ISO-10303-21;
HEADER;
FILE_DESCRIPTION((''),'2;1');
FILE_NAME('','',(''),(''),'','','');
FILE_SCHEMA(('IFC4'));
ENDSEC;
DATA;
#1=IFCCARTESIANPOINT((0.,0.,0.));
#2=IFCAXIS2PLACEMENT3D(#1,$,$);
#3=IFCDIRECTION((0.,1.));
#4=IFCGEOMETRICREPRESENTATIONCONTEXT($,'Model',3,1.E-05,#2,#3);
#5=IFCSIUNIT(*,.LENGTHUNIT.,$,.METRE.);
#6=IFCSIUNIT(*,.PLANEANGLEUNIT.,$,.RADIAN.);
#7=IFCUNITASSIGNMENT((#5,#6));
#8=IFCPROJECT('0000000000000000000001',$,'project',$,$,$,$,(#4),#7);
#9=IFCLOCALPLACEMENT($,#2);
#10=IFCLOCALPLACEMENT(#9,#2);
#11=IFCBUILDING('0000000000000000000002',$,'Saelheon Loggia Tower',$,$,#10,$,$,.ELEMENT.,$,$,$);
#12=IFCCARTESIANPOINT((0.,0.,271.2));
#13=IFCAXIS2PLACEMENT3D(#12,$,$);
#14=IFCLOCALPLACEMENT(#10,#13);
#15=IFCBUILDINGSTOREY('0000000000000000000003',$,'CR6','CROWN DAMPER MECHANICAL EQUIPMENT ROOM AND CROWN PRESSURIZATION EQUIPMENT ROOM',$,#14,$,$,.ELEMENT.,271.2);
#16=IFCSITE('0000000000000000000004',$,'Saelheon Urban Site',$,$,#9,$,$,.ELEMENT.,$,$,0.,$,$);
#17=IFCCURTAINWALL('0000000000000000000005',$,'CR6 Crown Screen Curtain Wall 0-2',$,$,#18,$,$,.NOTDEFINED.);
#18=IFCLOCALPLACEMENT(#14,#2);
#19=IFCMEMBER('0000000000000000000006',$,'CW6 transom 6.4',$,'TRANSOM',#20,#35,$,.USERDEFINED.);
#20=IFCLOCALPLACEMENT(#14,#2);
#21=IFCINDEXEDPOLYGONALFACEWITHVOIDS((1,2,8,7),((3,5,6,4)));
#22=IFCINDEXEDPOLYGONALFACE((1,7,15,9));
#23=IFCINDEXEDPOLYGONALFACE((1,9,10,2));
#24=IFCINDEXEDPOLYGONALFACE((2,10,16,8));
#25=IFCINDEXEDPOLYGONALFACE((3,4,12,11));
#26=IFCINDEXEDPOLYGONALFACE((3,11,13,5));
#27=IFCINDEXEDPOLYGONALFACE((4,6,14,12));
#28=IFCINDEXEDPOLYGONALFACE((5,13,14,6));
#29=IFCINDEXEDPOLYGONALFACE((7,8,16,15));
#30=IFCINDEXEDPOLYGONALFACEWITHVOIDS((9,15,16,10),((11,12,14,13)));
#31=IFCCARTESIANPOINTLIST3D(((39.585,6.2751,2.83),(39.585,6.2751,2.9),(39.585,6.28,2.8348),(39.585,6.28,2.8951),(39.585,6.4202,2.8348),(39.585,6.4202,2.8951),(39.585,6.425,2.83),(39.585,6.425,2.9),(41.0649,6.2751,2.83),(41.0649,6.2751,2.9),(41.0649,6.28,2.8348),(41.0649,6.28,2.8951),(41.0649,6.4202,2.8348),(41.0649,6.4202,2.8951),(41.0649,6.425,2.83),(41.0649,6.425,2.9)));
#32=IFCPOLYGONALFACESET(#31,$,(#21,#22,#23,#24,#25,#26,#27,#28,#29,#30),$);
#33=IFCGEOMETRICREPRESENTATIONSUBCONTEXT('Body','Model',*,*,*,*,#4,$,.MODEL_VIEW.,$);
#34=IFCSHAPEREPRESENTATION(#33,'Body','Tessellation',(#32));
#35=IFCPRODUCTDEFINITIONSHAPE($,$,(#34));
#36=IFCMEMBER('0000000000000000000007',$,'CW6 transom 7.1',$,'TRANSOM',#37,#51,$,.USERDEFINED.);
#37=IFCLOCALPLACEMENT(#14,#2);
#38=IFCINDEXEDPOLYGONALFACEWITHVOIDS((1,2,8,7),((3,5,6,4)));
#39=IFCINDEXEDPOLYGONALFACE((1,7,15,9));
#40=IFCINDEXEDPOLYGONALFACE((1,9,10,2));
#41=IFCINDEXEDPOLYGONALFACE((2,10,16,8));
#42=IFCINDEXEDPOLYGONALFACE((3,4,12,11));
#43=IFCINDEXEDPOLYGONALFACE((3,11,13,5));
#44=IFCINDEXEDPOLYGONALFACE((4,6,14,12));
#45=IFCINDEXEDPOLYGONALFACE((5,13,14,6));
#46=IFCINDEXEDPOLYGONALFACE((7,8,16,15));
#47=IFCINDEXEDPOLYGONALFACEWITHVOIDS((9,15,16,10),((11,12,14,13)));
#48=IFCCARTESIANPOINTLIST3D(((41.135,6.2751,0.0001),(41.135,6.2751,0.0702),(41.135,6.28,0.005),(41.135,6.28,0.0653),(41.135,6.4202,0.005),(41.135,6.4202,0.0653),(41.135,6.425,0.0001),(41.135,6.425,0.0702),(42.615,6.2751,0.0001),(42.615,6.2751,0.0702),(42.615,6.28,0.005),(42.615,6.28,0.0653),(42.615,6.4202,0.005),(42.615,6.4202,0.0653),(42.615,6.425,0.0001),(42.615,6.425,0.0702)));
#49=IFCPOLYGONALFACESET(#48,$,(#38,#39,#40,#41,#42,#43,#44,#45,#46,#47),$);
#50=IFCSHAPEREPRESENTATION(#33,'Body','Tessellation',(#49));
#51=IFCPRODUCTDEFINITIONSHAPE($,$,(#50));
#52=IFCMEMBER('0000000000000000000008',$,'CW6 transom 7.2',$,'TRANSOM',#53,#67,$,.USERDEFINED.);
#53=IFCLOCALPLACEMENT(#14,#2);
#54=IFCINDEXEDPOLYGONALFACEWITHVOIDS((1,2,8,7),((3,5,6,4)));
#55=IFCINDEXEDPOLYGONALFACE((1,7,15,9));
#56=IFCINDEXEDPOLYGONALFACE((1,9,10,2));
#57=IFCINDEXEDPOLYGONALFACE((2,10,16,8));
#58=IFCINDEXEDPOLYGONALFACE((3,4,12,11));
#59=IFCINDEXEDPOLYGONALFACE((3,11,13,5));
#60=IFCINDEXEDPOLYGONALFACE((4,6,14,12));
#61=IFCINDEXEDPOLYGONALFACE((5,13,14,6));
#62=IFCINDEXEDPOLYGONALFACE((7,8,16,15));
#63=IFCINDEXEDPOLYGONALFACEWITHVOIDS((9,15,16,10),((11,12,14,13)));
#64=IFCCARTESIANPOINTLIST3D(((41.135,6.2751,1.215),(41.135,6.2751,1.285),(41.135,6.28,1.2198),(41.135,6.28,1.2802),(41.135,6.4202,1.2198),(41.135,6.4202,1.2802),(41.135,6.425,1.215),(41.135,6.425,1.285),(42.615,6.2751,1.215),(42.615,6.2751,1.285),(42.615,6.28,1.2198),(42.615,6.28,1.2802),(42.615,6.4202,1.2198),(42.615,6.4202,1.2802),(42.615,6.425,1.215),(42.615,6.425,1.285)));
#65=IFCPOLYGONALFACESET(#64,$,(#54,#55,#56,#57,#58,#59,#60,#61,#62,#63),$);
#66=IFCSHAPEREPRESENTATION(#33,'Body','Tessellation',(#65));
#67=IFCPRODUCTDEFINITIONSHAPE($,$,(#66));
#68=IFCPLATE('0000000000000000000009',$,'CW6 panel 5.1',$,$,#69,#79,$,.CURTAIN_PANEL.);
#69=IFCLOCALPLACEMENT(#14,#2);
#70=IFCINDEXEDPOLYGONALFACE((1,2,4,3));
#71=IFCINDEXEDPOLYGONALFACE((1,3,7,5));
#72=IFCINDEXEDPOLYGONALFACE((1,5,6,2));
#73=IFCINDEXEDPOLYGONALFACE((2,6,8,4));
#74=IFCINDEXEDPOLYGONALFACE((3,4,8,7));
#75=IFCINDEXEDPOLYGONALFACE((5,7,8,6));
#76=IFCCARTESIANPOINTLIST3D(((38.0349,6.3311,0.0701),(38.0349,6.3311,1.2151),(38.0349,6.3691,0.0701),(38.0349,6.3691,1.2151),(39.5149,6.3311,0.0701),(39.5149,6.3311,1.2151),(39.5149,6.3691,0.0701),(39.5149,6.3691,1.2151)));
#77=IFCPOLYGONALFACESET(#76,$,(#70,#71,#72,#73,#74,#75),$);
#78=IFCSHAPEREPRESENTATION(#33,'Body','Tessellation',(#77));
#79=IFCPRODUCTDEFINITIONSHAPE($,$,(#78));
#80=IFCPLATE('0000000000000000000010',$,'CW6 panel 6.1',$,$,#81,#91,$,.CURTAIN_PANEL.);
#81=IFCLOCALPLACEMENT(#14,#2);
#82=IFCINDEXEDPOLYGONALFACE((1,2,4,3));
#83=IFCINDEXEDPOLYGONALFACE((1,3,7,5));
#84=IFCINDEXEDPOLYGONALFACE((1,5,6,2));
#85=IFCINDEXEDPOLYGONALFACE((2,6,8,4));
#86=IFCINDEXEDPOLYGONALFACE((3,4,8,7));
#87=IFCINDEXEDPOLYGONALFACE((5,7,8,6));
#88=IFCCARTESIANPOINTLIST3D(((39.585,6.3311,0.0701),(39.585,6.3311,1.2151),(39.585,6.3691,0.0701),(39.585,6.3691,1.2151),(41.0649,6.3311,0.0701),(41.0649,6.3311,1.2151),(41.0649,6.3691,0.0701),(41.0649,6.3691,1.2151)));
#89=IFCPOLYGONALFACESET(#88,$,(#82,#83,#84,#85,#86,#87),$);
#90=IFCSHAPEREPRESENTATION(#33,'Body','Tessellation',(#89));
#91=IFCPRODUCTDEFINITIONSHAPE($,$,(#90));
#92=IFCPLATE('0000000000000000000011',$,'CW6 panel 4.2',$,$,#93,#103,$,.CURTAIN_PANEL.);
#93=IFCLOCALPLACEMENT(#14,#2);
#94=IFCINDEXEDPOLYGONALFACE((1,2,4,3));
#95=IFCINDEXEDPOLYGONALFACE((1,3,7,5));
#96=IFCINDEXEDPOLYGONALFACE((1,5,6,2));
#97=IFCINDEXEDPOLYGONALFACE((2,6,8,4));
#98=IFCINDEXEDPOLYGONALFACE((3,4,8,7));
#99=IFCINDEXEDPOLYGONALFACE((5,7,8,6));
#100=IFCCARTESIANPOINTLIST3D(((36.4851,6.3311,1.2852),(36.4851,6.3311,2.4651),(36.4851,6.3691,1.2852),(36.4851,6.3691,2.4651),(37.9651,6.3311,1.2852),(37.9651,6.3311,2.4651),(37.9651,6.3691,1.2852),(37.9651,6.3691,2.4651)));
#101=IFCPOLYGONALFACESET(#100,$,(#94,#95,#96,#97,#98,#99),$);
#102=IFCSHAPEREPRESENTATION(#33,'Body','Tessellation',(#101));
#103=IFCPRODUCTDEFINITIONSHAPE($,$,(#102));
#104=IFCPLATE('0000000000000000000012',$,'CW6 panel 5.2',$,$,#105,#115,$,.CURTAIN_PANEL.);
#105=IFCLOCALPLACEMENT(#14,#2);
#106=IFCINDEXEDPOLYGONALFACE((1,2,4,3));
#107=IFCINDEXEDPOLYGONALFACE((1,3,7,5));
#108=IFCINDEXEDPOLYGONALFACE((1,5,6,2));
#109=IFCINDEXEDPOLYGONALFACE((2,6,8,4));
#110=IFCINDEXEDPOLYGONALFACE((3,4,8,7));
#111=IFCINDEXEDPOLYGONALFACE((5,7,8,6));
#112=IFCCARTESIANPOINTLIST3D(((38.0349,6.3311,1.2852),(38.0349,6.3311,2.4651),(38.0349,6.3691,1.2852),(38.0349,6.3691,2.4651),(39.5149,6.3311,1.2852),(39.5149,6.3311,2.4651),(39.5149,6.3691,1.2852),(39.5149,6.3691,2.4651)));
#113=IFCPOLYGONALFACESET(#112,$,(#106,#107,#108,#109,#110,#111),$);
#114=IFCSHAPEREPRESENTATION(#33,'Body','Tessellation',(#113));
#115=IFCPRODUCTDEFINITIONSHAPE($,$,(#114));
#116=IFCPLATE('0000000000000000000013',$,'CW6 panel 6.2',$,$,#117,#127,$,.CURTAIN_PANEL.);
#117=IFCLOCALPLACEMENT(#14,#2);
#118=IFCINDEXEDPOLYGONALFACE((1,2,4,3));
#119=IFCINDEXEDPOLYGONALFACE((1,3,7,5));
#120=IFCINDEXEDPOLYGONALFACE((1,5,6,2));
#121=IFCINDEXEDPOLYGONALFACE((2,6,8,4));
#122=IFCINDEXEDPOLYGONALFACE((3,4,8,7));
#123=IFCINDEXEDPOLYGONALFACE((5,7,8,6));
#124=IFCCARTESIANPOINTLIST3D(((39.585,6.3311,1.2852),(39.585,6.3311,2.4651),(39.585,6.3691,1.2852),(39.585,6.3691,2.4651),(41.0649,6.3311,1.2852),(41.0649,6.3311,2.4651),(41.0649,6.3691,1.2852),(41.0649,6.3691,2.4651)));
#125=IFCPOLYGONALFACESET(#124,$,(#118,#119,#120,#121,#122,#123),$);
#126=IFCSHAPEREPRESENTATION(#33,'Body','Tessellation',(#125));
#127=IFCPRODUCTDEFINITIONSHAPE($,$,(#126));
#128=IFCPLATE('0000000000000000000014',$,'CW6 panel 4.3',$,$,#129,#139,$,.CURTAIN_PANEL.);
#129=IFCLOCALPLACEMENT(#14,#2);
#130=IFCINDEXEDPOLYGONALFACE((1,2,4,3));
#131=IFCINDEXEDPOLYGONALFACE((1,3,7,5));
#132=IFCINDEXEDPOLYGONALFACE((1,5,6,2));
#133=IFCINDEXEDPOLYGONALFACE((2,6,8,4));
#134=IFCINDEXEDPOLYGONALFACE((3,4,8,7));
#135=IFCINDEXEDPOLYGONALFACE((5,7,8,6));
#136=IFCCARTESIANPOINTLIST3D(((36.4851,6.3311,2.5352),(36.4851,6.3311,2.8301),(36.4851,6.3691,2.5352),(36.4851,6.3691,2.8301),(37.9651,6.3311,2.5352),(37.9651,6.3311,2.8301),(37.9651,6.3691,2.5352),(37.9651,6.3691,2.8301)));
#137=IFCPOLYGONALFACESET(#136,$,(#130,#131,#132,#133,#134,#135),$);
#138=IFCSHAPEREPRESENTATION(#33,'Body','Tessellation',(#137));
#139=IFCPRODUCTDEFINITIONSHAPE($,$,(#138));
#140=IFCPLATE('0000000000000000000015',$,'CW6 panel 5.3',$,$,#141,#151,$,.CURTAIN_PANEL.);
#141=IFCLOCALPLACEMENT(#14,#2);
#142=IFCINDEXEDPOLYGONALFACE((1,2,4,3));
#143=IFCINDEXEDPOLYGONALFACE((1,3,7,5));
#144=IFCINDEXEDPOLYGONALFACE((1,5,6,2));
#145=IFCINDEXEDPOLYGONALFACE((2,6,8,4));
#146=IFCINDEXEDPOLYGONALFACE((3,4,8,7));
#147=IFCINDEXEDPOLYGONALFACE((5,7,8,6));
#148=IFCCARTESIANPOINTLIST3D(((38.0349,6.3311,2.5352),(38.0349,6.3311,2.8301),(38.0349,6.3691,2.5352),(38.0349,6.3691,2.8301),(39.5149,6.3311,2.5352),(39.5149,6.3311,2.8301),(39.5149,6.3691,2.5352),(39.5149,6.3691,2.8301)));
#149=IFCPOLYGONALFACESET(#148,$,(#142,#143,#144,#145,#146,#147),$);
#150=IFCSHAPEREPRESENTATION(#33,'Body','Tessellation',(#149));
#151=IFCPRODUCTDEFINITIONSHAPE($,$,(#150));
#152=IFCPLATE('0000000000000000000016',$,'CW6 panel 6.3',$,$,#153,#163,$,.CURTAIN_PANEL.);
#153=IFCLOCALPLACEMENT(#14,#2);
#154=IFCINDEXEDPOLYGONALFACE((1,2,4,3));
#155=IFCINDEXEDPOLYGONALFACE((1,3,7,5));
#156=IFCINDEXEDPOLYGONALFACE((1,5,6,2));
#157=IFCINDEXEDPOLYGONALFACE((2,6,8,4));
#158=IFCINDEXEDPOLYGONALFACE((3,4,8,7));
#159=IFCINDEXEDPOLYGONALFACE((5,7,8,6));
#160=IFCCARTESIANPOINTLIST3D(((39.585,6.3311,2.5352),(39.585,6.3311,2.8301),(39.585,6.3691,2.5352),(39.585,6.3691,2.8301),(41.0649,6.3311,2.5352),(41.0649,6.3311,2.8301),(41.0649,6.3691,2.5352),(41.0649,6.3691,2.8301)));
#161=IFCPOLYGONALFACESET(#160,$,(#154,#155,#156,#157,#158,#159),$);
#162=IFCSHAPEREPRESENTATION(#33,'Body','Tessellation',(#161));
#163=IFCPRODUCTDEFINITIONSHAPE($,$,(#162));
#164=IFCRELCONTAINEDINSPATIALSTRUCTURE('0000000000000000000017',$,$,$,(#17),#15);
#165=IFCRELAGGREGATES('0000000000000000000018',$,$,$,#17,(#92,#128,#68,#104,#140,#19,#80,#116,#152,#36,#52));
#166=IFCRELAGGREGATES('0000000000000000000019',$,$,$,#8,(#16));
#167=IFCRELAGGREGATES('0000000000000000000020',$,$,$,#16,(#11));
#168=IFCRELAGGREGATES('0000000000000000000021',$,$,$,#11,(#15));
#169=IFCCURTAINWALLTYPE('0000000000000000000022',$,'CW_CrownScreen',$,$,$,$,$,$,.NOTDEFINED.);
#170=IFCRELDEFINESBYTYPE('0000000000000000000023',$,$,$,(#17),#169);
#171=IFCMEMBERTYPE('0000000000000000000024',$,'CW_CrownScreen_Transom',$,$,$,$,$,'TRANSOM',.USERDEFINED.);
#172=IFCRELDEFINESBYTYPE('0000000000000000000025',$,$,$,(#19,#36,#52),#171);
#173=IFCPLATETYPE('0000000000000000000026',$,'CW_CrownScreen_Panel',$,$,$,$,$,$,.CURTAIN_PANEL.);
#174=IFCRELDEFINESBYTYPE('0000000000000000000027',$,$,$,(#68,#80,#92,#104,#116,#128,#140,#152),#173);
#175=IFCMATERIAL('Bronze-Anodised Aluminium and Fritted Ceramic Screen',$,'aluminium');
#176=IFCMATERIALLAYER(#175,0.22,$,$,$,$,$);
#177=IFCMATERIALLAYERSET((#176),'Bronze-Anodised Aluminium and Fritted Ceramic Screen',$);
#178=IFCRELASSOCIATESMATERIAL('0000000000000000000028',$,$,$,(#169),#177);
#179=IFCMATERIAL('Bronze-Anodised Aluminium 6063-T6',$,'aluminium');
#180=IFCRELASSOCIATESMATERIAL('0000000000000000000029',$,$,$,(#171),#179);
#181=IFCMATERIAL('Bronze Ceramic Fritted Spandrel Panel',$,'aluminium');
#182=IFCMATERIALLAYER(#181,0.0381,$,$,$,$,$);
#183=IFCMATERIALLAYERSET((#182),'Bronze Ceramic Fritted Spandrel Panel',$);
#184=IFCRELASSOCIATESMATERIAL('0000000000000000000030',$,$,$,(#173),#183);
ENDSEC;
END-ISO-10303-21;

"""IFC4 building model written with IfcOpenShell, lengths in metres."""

from ifc_helpers import new_model, si_unit, direction, frame, origin, origin_2d, place, context, subcontext, project, spatial, rectangle, hollow_rectangle, extrude, source, transform, mapped, material, layer, layer_set, material_profile, profile_set, type_object, element, aggregate, save


model = new_model("IFC4")

# Units and contexts
model_context = context("Model", 3, precision=1e-05, world=origin(), true_north=direction((0.0, 1.0)))
body_context = subcontext(model_context, "Body", "Model", "MODEL_VIEW")
ifc_project = project(units=[si_unit("LENGTHUNIT", "METRE"), si_unit("PLANEANGLEUNIT", "RADIAN")], contexts=[model_context])

# Site, building, storey
site_placement = place(None, origin())
site = spatial("IfcSite", under=ifc_project, at=site_placement, Name="Saelheon Urban Site", CompositionType="ELEMENT", RefElevation=0.0)
building_placement = place(site_placement, origin())
building = spatial("IfcBuilding", under=site, at=building_placement, Name="Saelheon Loggia Tower", CompositionType="ELEMENT")
storey_placement = place(building_placement, frame((0.0, 0.0, 271.2)))
storey = spatial("IfcBuildingStorey", under=building, at=storey_placement, Name="CR6", Description="CROWN DAMPER MECHANICAL EQUIPMENT ROOM AND CROWN PRESSURIZATION EQUIPMENT ROOM", CompositionType="ELEMENT", Elevation=271.2)

# Curtain wall, members, plates
ifc_material_1 = material(Name="Bronze-Anodised Aluminium and Fritted Ceramic Screen", Category="aluminium")
ifc_layer_1 = layer(ifc_material_1, 0.22)
ifc_layer_set_1 = layer_set([ifc_layer_1], Name="Bronze-Anodised Aluminium and Fritted Ceramic Screen")
curtain_wall_type = type_object("IfcCurtainWallType", Name="CW_CrownScreen", PredefinedType="NOTDEFINED", material=ifc_layer_set_1)
curtain_wall_placement = place(storey_placement, origin())
curtain_wall = element("IfcCurtainWall", 1, at=curtain_wall_placement, inside=storey, type_object=curtain_wall_type, Name="CR6 Crown Screen Curtain Wall 0-2", PredefinedType="NOTDEFINED")
ifc_material_2 = material(Name="Bronze-Anodised Aluminium 6063-T6", Category="aluminium")
ifc_material_profile_1 = material_profile(ifc_material_2, hollow_rectangle(XDim=0.0701, YDim=0.1499, WallThickness=0.0049, at=origin_2d()), Name="RHS-150x70x5")
ifc_profile_set_1 = profile_set([ifc_material_profile_1], Name="Bronze-Anodised Aluminium 6063-T6")
member_type_1 = type_object("IfcMemberType", Name="CW_CrownScreen_Transom", ElementType="TRANSOM", PredefinedType="USERDEFINED", material=ifc_profile_set_1)
shared_shape_1 = source(origin(), body_context, "Body", "SweptSolid", [
    extrude(hollow_rectangle(XDim=0.0701, YDim=0.1499, WallThickness=0.0049, at=origin_2d()), origin(), (0.0, 0.0, 1.0), 1.48),
])
member_1_placement = place(storey_placement, frame((39.585, 6.3501, 2.865), z_axis=(1.0, 0.0, 0.0), x_axis=(0.0, 0.0, 1.0)))
member_1 = element("IfcMember", 2, at=member_1_placement, type_object=member_type_1, Name="CW6 transom 6.4", ObjectType="TRANSOM", PredefinedType="USERDEFINED", context=body_context, shape_type="MappedRepresentation", body=[
    mapped(shared_shape_1, transform((0.0, 0.0, 0.0), scale=1.0)),
])
member_2_placement = place(storey_placement, frame((41.135, 6.3501, 0.0352), z_axis=(1.0, 0.0, 0.0), x_axis=(0.0, 0.0, 1.0)))
member_2 = element("IfcMember", 3, at=member_2_placement, type_object=member_type_1, Name="CW6 transom 7.1", ObjectType="TRANSOM", PredefinedType="USERDEFINED", context=body_context, shape_type="MappedRepresentation", body=[
    mapped(shared_shape_1, transform((0.0, 0.0, 0.0), scale=1.0)),
])
member_3_placement = place(storey_placement, frame((41.135, 6.3501, 1.25), z_axis=(1.0, 0.0, 0.0), x_axis=(0.0, 0.0, 1.0)))
member_3 = element("IfcMember", 4, at=member_3_placement, type_object=member_type_1, Name="CW6 transom 7.2", ObjectType="TRANSOM", PredefinedType="USERDEFINED", context=body_context, shape_type="MappedRepresentation", body=[
    mapped(shared_shape_1, transform((0.0, 0.0, 0.0), scale=1.0)),
])
ifc_material_3 = material(Name="Bronze Ceramic Fritted Spandrel Panel", Category="aluminium")
ifc_layer_2 = layer(ifc_material_3, 0.0381)
ifc_layer_set_2 = layer_set([ifc_layer_2], Name="Bronze Ceramic Fritted Spandrel Panel")
plate_type = type_object("IfcPlateType", Name="CW_CrownScreen_Panel", PredefinedType="CURTAIN_PANEL", material=ifc_layer_set_2)
shared_shape_2 = source(origin(), body_context, "Body", "SweptSolid", [
    extrude(rectangle(XDim=1.48, YDim=0.0381, at=origin_2d()), origin(), (0.0, 0.0, 1.0), 1.145),
])
plate_1_placement = place(storey_placement, frame((38.7749, 6.3501, 0.0701), z_axis=(0.0, 0.0, 1.0), x_axis=(1.0, 0.0, 0.0)))
plate_1 = element("IfcPlate", 5, at=plate_1_placement, type_object=plate_type, Name="CW6 panel 5.1", PredefinedType="CURTAIN_PANEL", context=body_context, shape_type="MappedRepresentation", body=[
    mapped(shared_shape_2, transform((0.0, 0.0, 0.0), scale=1.0)),
])
plate_2_placement = place(storey_placement, frame((40.325, 6.3501, 0.0701), z_axis=(0.0, 0.0, 1.0), x_axis=(1.0, 0.0, 0.0)))
plate_2 = element("IfcPlate", 6, at=plate_2_placement, type_object=plate_type, Name="CW6 panel 6.1", PredefinedType="CURTAIN_PANEL", context=body_context, shape_type="MappedRepresentation", body=[
    mapped(shared_shape_2, transform((0.0, 0.0, 0.0), scale=1.0)),
])
shared_shape_3 = source(origin(), body_context, "Body", "SweptSolid", [
    extrude(rectangle(XDim=1.48, YDim=0.0381, at=origin_2d()), origin(), (0.0, 0.0, 1.0), 1.1799),
])
plate_3_placement = place(storey_placement, frame((37.2251, 6.3501, 1.2852), z_axis=(0.0, 0.0, 1.0), x_axis=(1.0, 0.0, 0.0)))
plate_3 = element("IfcPlate", 7, at=plate_3_placement, type_object=plate_type, Name="CW6 panel 4.2", PredefinedType="CURTAIN_PANEL", context=body_context, shape_type="MappedRepresentation", body=[
    mapped(shared_shape_3, transform((0.0, 0.0, 0.0), scale=1.0)),
])
plate_4_placement = place(storey_placement, frame((38.7749, 6.3501, 1.2852), z_axis=(0.0, 0.0, 1.0), x_axis=(1.0, 0.0, 0.0)))
plate_4 = element("IfcPlate", 8, at=plate_4_placement, type_object=plate_type, Name="CW6 panel 5.2", PredefinedType="CURTAIN_PANEL", context=body_context, shape_type="MappedRepresentation", body=[
    mapped(shared_shape_3, transform((0.0, 0.0, 0.0), scale=1.0)),
])
plate_5_placement = place(storey_placement, frame((40.325, 6.3501, 1.2852), z_axis=(0.0, 0.0, 1.0), x_axis=(1.0, 0.0, 0.0)))
plate_5 = element("IfcPlate", 9, at=plate_5_placement, type_object=plate_type, Name="CW6 panel 6.2", PredefinedType="CURTAIN_PANEL", context=body_context, shape_type="MappedRepresentation", body=[
    mapped(shared_shape_3, transform((0.0, 0.0, 0.0), scale=1.0)),
])
shared_shape_4 = source(origin(), body_context, "Body", "SweptSolid", [
    extrude(rectangle(XDim=1.48, YDim=0.0381, at=origin_2d()), origin(), (0.0, 0.0, 1.0), 0.2949),
])
plate_6_placement = place(storey_placement, frame((37.2251, 6.3501, 2.5352), z_axis=(0.0, 0.0, 1.0), x_axis=(1.0, 0.0, 0.0)))
plate_6 = element("IfcPlate", 10, at=plate_6_placement, type_object=plate_type, Name="CW6 panel 4.3", PredefinedType="CURTAIN_PANEL", context=body_context, shape_type="MappedRepresentation", body=[
    mapped(shared_shape_4, transform((0.0, 0.0, 0.0), scale=1.0)),
])
plate_7_placement = place(storey_placement, frame((38.7749, 6.3501, 2.5352), z_axis=(0.0, 0.0, 1.0), x_axis=(1.0, 0.0, 0.0)))
plate_7 = element("IfcPlate", 11, at=plate_7_placement, type_object=plate_type, Name="CW6 panel 5.3", PredefinedType="CURTAIN_PANEL", context=body_context, shape_type="MappedRepresentation", body=[
    mapped(shared_shape_4, transform((0.0, 0.0, 0.0), scale=1.0)),
])
plate_8_placement = place(storey_placement, frame((40.325, 6.3501, 2.5352), z_axis=(0.0, 0.0, 1.0), x_axis=(1.0, 0.0, 0.0)))
plate_8 = element("IfcPlate", 12, at=plate_8_placement, type_object=plate_type, Name="CW6 panel 6.3", PredefinedType="CURTAIN_PANEL", context=body_context, shape_type="MappedRepresentation", body=[
    mapped(shared_shape_4, transform((0.0, 0.0, 0.0), scale=1.0)),
])
aggregate(curtain_wall, [plate_3, plate_6, plate_1, plate_4, plate_7, member_1, plate_2, plate_5, plate_8, member_2, member_3])

save(model, "model.ifc")
